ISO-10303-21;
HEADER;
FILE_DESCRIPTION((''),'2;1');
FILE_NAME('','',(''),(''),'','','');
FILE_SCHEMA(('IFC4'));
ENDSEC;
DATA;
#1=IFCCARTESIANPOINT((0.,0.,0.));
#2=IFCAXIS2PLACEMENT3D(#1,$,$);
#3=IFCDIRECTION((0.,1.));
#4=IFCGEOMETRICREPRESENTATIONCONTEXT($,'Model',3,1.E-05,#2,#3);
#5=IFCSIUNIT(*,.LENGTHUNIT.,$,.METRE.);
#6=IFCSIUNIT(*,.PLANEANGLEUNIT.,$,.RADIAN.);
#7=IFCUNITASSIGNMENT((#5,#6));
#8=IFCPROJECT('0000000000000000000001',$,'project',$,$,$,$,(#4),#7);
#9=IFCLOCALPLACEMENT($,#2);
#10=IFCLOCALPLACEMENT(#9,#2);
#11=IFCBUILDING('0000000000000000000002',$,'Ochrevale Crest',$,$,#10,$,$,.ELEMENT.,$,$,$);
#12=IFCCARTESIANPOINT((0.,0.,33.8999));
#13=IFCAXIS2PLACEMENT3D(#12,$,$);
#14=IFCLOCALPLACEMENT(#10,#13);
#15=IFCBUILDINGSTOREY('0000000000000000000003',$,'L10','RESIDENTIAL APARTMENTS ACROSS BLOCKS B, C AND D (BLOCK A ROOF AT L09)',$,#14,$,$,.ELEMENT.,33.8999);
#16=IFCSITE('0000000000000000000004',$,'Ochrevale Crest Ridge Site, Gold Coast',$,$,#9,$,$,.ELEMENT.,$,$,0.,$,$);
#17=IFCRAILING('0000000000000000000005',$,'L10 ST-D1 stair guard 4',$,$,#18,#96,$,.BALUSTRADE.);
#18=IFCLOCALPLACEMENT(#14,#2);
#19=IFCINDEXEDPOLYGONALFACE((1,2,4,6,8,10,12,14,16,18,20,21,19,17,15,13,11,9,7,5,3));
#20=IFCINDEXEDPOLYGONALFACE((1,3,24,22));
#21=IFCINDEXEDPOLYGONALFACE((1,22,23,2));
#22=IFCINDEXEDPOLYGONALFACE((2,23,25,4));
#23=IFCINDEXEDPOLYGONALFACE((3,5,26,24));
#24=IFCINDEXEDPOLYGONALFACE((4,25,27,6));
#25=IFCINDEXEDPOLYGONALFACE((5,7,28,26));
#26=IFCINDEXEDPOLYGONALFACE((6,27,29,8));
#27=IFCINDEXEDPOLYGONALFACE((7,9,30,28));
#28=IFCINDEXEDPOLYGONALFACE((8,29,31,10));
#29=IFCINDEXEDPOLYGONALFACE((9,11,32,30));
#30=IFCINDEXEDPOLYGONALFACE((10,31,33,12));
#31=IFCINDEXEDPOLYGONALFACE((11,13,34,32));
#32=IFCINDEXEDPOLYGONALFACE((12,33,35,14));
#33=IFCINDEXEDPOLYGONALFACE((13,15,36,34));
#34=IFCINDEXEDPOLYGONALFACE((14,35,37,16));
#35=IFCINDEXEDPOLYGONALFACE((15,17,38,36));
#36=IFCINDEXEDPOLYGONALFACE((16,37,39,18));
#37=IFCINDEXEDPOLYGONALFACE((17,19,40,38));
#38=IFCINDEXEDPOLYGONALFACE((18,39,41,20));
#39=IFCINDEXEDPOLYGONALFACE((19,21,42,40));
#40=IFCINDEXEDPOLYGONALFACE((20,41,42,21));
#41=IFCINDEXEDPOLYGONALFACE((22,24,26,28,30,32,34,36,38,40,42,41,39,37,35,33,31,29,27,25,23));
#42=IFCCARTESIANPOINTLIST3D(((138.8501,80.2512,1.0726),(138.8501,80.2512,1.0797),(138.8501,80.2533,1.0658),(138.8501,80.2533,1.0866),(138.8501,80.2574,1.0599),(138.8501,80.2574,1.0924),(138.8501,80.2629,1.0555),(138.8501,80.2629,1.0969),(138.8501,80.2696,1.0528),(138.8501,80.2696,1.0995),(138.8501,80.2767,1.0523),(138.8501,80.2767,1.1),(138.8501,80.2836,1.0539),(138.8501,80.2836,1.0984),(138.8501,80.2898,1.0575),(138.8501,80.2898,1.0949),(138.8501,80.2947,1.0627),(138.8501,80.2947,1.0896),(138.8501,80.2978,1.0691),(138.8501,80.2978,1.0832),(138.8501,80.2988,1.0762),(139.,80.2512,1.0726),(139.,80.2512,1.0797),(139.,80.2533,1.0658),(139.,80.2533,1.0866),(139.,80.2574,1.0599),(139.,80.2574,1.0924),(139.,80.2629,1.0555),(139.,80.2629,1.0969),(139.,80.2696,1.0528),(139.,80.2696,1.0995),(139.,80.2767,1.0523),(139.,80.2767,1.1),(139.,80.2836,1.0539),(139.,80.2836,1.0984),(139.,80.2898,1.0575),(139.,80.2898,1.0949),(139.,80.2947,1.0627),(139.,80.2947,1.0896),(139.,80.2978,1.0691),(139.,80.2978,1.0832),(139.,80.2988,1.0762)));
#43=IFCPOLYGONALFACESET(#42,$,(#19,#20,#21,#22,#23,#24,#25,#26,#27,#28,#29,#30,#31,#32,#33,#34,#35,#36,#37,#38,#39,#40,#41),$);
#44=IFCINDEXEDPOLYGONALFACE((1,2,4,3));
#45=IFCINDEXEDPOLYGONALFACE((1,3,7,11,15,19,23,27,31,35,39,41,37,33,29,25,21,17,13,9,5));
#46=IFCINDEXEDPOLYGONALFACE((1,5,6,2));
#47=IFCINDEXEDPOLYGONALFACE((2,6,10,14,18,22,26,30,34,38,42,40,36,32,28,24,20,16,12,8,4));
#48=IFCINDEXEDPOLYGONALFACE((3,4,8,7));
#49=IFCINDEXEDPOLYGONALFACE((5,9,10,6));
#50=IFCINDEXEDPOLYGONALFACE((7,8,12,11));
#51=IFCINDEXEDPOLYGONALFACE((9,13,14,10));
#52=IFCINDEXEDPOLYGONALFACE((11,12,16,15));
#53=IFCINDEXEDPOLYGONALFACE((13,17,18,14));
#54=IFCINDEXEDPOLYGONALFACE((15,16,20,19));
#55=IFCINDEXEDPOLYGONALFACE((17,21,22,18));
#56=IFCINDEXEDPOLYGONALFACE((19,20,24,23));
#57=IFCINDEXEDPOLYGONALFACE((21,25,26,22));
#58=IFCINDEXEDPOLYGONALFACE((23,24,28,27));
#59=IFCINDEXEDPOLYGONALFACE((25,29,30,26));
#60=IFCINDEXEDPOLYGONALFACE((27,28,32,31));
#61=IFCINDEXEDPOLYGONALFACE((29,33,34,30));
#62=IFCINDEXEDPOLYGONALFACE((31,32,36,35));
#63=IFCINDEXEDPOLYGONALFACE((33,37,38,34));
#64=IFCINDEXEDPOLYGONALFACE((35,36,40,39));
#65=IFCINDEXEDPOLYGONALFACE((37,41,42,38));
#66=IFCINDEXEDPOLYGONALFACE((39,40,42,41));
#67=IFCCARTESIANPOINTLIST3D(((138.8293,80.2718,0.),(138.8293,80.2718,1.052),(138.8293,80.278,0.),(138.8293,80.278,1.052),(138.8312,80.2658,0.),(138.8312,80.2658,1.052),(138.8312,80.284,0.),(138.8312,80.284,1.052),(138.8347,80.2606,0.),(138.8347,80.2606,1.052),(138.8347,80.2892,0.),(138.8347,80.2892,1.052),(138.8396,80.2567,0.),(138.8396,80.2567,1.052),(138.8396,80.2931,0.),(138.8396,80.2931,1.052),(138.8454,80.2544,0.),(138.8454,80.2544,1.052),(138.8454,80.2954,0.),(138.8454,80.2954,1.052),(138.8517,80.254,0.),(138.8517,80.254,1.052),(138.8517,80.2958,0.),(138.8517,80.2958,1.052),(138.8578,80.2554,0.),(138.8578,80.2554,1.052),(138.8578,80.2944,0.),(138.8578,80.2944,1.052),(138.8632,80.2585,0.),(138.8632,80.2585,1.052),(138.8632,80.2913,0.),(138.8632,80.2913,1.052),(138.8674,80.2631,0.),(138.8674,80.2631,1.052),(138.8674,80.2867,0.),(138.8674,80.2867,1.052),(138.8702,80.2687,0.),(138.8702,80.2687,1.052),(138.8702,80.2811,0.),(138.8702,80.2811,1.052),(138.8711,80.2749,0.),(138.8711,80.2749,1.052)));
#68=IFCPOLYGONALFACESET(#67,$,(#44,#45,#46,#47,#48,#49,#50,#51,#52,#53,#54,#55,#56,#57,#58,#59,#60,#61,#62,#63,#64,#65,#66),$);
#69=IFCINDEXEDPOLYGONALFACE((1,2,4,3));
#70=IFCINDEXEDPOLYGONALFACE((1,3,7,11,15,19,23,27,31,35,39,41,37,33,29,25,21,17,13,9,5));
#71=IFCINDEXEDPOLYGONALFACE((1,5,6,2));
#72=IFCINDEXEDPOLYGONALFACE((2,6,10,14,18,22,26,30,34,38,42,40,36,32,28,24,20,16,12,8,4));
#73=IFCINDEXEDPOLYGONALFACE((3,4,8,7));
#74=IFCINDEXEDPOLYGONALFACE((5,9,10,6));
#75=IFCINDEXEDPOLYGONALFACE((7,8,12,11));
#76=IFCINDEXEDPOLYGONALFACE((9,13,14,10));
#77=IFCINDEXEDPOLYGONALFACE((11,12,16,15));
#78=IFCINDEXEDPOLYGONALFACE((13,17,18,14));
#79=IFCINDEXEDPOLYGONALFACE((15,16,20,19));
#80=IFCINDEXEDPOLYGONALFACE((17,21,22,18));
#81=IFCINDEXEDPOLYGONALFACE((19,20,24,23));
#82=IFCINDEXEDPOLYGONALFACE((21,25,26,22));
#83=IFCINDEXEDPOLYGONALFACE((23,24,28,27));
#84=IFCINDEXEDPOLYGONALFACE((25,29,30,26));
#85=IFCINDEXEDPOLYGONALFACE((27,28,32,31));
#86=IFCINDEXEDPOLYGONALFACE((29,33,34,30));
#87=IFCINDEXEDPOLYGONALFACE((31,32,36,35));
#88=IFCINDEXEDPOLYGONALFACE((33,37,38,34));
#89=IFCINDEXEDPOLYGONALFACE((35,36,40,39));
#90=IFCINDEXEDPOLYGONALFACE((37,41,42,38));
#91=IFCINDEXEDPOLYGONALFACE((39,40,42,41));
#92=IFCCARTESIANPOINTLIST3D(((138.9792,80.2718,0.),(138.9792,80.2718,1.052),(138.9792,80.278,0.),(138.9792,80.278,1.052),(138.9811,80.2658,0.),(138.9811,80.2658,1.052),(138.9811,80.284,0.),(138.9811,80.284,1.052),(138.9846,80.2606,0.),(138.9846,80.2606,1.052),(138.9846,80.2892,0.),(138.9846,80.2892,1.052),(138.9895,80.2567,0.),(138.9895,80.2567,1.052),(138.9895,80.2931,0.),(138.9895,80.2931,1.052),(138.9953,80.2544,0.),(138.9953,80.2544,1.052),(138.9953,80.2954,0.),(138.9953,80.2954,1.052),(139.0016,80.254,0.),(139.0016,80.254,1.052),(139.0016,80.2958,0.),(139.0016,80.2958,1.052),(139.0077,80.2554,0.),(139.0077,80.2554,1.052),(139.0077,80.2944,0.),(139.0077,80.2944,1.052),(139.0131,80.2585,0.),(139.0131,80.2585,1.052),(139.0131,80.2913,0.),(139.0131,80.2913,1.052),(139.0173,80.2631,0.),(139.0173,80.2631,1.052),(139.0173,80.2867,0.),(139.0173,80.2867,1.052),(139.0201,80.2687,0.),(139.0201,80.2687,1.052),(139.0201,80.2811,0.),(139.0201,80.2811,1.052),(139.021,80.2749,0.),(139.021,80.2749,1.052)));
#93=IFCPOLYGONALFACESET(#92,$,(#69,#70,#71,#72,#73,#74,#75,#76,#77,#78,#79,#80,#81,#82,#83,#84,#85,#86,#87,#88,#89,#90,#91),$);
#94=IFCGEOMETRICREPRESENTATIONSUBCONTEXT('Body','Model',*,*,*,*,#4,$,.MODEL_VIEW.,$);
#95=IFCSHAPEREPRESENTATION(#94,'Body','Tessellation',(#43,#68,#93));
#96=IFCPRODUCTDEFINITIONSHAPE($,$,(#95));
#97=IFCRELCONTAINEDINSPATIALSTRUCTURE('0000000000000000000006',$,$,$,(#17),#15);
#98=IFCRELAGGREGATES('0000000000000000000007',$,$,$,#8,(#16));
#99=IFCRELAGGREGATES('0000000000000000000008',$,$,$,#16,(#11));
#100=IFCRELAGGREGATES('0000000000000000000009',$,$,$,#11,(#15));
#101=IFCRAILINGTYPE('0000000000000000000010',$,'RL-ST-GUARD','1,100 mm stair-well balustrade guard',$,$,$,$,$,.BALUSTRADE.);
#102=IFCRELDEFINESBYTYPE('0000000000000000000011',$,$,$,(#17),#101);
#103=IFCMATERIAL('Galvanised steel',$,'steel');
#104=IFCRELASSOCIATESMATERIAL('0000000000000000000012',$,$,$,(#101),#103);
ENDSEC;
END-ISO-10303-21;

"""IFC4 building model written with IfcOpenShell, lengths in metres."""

from ifc_helpers import new_model, si_unit, direction, frame, origin, origin_2d, place, context, subcontext, project, spatial, circle, extrude, material, type_object, element, save


model = new_model("IFC4")

# Units and contexts
model_context = context("Model", 3, precision=1e-05, world=origin(), true_north=direction((0.0, 1.0)))
body_context = subcontext(model_context, "Body", "Model", "MODEL_VIEW")
ifc_project = project(units=[si_unit("LENGTHUNIT", "METRE"), si_unit("PLANEANGLEUNIT", "RADIAN")], contexts=[model_context])

# Site, building, storey
site_placement = place(None, origin())
site = spatial("IfcSite", under=ifc_project, at=site_placement, Name="Ochrevale Crest Ridge Site, Gold Coast", CompositionType="ELEMENT", RefElevation=0.0)
building_placement = place(site_placement, origin())
building = spatial("IfcBuilding", under=site, at=building_placement, Name="Ochrevale Crest", CompositionType="ELEMENT")
storey_placement = place(building_placement, frame((0.0, 0.0, 33.8999)))
storey = spatial("IfcBuildingStorey", under=building, at=storey_placement, Name="L10", Description="RESIDENTIAL APARTMENTS ACROSS BLOCKS B, C AND D (BLOCK A ROOF AT L09)", CompositionType="ELEMENT", Elevation=33.8999)

# Railing
ifc_material_1 = material(Name="Galvanised steel", Category="steel")
railing_type = type_object("IfcRailingType", Name="RL-ST-GUARD", Description="1,100 mm stair-well balustrade guard", PredefinedType="BALUSTRADE", material=ifc_material_1)
railing_1_placement = place(storey_placement, frame((138.8501, 80.2749, 0.0)))
element("IfcRailing", 1, at=railing_1_placement, inside=storey, type_object=railing_type, Name="L10 ST-D1 stair guard 4", PredefinedType="BALUSTRADE", context=body_context, shape_type="SweptSolid", body=[
    extrude(circle(Radius=0.0239, at=origin_2d()), frame((0.0, 0.0, 1.0762), z_axis=(1.0, 0.0, 0.0), x_axis=(0.0, 1.0, 0.0)), (0.0, 0.0, 1.0), 0.1499),
    extrude(circle(Radius=0.021, at=origin_2d()), origin(), (0.0, 0.0, 1.0), 1.052),
    extrude(circle(Radius=0.021, at=origin_2d()), frame((0.1499, 0.0, 0.0)), (0.0, 0.0, 1.0), 1.052),
])

save(model, "model.ifc")
